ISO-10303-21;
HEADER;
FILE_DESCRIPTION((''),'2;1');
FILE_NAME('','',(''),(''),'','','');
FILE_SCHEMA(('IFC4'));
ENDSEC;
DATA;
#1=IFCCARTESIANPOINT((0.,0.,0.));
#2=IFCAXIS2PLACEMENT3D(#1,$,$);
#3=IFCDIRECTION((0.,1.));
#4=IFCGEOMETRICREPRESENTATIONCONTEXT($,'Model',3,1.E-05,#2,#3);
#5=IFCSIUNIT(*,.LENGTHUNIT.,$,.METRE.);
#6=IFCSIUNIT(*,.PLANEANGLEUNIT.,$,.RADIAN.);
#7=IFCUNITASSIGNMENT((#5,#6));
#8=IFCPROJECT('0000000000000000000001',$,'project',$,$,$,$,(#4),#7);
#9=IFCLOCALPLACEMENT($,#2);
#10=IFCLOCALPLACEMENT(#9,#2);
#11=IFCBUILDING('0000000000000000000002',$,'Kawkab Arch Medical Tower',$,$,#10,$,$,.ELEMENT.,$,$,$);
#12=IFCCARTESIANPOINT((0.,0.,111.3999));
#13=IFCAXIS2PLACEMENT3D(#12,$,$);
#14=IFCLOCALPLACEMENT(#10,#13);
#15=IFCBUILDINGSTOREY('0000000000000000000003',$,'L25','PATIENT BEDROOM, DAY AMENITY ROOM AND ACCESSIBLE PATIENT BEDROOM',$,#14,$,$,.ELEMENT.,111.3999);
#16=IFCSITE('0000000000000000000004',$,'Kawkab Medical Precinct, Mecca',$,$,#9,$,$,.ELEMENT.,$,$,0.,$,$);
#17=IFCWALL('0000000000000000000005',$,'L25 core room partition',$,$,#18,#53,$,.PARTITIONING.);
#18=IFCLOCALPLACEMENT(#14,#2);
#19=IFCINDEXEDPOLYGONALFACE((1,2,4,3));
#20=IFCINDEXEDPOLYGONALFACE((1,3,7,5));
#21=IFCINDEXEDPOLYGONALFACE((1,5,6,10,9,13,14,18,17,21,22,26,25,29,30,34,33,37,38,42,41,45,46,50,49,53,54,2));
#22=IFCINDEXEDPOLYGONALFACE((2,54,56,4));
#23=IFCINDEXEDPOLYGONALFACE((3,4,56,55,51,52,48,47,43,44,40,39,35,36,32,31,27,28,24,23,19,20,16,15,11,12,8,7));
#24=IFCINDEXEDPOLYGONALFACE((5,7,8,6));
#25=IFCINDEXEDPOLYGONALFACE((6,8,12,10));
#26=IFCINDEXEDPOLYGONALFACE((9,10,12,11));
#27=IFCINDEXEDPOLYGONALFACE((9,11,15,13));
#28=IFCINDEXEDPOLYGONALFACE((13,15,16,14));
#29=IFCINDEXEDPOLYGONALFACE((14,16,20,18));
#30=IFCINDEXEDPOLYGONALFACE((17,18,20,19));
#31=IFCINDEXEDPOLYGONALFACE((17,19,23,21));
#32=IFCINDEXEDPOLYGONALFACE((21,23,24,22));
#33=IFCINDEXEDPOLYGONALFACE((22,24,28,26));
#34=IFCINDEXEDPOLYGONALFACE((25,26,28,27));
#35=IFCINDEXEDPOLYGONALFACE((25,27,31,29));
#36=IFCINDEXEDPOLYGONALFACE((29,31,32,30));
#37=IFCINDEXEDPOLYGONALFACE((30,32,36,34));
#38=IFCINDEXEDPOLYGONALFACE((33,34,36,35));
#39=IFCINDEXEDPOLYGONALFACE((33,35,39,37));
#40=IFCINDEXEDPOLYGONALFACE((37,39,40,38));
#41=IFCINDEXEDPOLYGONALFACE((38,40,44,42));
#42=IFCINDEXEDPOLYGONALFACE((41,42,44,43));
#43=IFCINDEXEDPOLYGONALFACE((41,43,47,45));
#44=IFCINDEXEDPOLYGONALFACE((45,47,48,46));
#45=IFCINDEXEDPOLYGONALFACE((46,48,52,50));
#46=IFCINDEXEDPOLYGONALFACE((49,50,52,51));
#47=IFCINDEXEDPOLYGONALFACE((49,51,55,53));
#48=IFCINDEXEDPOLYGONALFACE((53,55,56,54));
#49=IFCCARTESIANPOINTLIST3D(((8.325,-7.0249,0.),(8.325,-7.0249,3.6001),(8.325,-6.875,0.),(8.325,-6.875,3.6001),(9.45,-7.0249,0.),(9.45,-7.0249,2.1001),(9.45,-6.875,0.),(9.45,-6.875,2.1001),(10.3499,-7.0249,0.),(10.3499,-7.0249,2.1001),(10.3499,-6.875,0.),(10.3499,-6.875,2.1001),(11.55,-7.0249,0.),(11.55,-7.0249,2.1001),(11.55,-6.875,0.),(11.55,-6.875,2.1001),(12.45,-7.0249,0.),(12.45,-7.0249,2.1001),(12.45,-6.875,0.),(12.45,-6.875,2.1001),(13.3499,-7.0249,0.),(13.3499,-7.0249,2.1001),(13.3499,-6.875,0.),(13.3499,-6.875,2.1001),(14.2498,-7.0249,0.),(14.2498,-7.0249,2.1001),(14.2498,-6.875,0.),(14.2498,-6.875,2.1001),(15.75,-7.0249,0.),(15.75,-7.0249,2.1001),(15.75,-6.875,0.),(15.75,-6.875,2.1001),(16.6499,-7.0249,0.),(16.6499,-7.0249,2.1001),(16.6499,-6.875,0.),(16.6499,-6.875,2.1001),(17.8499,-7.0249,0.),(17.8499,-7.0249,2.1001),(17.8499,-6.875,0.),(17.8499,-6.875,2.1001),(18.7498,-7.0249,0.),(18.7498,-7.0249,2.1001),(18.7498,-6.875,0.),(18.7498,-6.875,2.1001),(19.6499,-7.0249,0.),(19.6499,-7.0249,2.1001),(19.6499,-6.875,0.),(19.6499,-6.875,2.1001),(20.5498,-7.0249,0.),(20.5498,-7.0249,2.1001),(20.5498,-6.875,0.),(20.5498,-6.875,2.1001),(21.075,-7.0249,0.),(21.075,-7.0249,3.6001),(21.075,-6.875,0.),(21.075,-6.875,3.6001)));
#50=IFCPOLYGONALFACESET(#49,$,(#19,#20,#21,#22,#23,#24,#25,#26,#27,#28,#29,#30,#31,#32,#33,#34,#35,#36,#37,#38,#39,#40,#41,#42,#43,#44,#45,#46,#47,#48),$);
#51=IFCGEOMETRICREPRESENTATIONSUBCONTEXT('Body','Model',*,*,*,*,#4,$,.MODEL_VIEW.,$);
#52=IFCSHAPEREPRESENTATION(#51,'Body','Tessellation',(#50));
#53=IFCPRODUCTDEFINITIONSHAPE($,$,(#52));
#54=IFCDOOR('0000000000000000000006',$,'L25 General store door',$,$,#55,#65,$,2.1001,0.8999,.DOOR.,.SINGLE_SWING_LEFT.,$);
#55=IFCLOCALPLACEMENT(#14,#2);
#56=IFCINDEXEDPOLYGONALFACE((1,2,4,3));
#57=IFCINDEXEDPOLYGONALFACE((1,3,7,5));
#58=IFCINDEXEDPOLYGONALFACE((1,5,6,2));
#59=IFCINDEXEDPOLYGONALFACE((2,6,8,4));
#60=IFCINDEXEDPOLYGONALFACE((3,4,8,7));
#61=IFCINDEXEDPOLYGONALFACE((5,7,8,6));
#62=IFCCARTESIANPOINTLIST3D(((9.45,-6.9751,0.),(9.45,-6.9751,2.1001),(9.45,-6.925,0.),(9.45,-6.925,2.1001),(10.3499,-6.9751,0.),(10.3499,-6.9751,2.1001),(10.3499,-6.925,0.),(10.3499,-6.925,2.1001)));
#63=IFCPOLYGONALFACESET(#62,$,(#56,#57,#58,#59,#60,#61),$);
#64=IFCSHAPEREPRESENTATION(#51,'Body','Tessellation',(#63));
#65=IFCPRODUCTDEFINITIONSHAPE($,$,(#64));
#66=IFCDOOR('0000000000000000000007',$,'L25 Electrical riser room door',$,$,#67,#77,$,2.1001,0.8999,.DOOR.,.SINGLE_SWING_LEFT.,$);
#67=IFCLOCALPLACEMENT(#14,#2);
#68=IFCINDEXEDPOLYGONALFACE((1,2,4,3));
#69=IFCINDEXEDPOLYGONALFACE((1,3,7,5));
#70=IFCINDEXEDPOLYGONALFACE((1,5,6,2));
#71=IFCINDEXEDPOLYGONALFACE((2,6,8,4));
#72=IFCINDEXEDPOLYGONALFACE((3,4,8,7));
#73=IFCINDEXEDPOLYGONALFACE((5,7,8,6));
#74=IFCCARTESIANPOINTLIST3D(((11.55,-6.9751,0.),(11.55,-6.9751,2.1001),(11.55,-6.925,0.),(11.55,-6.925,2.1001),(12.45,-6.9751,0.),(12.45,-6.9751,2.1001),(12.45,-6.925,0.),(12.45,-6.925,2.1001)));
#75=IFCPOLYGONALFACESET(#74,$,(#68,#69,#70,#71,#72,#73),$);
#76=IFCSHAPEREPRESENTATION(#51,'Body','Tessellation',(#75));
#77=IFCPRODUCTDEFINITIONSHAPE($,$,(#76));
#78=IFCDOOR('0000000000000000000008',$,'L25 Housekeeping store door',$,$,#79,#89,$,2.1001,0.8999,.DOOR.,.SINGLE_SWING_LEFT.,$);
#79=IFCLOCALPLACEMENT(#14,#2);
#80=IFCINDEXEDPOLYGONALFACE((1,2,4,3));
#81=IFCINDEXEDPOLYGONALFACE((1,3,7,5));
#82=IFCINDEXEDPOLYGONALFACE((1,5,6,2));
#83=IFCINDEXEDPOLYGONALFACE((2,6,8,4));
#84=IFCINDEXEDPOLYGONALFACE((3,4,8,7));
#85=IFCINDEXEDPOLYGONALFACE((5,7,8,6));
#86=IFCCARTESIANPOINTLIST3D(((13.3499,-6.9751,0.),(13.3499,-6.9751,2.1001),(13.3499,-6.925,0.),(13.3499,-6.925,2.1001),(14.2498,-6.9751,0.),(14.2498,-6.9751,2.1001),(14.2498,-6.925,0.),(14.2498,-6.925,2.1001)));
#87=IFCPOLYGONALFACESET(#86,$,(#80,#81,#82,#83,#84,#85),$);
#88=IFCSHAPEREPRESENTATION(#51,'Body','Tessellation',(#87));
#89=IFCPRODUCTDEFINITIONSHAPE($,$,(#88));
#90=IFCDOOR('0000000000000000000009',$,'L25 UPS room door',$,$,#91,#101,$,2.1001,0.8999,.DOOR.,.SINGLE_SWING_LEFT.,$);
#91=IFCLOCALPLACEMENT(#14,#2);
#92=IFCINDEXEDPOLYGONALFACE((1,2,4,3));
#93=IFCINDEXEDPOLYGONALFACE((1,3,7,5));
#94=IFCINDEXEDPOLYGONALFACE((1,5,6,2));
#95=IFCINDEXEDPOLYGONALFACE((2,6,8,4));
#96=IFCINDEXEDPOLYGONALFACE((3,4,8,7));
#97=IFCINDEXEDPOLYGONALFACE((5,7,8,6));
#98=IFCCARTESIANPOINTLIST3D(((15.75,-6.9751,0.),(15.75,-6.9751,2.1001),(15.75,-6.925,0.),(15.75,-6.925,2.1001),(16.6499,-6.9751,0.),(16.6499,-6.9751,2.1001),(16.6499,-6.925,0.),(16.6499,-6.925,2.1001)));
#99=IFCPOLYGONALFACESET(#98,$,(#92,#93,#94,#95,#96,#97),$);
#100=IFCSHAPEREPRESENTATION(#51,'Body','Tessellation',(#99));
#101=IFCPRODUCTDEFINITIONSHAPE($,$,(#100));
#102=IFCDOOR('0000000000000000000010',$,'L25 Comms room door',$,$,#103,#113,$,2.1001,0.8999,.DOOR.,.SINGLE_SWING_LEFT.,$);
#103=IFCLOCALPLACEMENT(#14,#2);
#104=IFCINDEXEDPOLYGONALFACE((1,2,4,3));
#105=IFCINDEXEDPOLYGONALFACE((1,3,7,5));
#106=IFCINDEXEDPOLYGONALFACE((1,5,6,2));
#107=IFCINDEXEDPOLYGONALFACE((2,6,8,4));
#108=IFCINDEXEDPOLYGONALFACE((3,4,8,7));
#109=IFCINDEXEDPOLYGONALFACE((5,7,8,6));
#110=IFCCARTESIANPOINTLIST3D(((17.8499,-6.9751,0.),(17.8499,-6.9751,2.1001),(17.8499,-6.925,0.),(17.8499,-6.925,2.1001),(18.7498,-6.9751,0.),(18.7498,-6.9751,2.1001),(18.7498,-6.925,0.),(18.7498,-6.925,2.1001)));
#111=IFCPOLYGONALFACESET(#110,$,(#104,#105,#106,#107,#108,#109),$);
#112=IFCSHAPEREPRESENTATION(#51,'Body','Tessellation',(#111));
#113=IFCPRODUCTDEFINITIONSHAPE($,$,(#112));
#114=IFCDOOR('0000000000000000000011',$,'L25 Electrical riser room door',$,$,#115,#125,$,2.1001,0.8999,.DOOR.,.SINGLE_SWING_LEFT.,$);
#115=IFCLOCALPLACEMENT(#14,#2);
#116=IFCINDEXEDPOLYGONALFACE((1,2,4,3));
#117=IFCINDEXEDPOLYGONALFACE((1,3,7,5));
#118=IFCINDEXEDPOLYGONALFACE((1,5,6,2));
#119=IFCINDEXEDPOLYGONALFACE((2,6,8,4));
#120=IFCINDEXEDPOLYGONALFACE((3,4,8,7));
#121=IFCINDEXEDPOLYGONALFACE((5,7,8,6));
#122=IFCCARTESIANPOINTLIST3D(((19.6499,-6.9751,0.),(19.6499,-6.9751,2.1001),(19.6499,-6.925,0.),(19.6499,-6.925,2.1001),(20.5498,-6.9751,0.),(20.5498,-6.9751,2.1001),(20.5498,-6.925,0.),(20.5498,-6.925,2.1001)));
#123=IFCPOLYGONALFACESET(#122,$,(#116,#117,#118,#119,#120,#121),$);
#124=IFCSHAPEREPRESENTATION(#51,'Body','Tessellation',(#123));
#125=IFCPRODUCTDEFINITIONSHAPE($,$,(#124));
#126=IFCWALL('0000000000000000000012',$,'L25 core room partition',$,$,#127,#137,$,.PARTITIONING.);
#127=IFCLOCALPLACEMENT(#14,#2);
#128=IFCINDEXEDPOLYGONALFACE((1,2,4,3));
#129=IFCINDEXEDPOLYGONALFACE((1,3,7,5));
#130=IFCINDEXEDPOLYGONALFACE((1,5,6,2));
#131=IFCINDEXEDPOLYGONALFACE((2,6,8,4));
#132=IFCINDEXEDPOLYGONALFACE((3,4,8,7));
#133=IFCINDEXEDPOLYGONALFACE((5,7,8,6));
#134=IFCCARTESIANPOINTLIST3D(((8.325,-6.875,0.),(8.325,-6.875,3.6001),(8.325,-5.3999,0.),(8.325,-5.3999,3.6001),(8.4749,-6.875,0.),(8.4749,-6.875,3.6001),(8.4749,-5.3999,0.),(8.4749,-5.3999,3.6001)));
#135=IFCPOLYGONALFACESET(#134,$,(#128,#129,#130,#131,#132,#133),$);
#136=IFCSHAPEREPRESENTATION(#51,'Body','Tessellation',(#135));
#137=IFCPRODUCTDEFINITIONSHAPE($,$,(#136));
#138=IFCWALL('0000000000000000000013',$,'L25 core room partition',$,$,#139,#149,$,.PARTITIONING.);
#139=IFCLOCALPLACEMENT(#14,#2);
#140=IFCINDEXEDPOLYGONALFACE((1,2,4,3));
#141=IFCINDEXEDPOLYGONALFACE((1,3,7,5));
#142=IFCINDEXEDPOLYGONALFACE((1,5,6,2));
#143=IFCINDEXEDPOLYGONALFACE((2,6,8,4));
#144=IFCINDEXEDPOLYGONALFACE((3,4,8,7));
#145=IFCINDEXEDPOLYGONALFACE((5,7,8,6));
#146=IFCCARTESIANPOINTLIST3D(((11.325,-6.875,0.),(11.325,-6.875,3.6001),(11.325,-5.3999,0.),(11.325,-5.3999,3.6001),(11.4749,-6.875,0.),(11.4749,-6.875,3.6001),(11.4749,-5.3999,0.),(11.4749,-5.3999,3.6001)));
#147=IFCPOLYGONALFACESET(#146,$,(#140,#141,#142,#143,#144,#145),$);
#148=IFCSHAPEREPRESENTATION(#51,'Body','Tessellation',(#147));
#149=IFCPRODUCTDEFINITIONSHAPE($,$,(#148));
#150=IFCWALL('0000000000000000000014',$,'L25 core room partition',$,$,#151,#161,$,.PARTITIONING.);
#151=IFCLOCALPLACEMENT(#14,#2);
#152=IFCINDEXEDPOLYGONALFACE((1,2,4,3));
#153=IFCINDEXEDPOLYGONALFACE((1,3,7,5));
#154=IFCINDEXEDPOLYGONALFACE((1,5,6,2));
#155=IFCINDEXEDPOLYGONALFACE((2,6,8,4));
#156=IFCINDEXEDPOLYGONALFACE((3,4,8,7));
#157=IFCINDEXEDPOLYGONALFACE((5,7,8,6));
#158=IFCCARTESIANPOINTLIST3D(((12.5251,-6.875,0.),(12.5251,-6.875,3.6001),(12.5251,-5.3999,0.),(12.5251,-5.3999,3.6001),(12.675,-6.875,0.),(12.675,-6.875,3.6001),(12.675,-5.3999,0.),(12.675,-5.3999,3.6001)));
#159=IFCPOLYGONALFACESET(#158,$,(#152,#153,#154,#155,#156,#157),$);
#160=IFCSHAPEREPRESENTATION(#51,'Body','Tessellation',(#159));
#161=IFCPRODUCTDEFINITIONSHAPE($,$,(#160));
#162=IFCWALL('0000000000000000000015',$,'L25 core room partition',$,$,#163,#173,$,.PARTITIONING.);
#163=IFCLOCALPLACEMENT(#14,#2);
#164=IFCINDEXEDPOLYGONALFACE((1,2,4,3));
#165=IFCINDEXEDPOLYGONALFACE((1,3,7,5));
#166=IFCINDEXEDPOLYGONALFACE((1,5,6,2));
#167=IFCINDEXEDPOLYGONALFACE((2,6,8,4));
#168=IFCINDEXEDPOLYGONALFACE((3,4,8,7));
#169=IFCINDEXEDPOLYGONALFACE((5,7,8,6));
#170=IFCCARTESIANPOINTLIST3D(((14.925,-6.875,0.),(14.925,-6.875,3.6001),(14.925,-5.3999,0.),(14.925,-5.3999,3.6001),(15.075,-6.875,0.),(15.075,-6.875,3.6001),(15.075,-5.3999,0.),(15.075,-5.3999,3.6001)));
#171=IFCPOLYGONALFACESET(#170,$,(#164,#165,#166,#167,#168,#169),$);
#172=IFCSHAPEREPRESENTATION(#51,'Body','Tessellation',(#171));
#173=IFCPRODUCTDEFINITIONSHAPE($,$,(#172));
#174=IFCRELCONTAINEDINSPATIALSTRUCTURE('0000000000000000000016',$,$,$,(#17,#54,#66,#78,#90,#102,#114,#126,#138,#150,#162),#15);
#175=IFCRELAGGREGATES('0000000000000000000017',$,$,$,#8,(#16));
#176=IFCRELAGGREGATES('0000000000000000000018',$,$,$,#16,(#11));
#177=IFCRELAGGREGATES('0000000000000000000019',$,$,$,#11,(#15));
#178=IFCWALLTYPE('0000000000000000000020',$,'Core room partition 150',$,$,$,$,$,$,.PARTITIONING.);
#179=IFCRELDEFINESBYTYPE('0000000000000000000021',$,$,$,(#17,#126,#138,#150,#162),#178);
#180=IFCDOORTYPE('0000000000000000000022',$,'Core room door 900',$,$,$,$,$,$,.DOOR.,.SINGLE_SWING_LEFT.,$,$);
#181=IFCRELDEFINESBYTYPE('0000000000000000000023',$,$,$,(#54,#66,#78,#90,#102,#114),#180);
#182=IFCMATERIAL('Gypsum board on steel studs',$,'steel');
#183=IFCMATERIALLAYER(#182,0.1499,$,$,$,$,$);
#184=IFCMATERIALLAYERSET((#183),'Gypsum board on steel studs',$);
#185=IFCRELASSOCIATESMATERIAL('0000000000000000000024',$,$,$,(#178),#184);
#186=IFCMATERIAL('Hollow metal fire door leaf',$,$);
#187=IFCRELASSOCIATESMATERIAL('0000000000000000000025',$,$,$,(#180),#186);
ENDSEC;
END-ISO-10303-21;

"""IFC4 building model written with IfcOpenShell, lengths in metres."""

from ifc_helpers import new_model, si_unit, direction, frame, frame_2d, origin, place, context, subcontext, project, spatial, rectangle, extrude, material, layer, layer_set, type_object, element, fill, save


model = new_model("IFC4")

# Units and contexts
model_context = context("Model", 3, precision=1e-05, world=origin(), true_north=direction((0.0, 1.0)))
body_context = subcontext(model_context, "Body", "Model", "MODEL_VIEW")
ifc_project = project(units=[si_unit("LENGTHUNIT", "METRE"), si_unit("PLANEANGLEUNIT", "RADIAN")], contexts=[model_context])

# Site, building, storey
site_placement = place(None, origin())
site = spatial("IfcSite", under=ifc_project, at=site_placement, Name="Kawkab Medical Precinct, Mecca", CompositionType="ELEMENT", RefElevation=0.0)
building_placement = place(site_placement, origin())
building = spatial("IfcBuilding", under=site, at=building_placement, Name="Kawkab Arch Medical Tower", CompositionType="ELEMENT")
storey_placement = place(building_placement, frame((0.0, 0.0, 111.3999)))
storey = spatial("IfcBuildingStorey", under=building, at=storey_placement, Name="L25", Description="PATIENT BEDROOM, DAY AMENITY ROOM AND ACCESSIBLE PATIENT BEDROOM", CompositionType="ELEMENT", Elevation=111.3999)

# Wall, openings, doors
ifc_material_1 = material(Name="Gypsum board on steel studs", Category="steel")
ifc_layer_1 = layer(ifc_material_1, 0.1499)
ifc_layer_set_1 = layer_set([ifc_layer_1], Name="Gypsum board on steel studs")
wall_type_1 = type_object("IfcWallType", Name="Core room partition 150", PredefinedType="PARTITIONING", material=ifc_layer_set_1)
wall_1_placement = place(storey_placement, frame((8.325, -6.95, 0.0), z_axis=(0.0, 0.0, 1.0), x_axis=(1.0, 0.0, 0.0)))
wall_1 = element("IfcWall", 1, at=wall_1_placement, inside=storey, type_object=wall_type_1, Name="L25 core room partition", PredefinedType="PARTITIONING", context=body_context, shape_type="SweptSolid", body=[
    extrude(rectangle(XDim=12.75, YDim=0.1499, at=frame_2d((6.375, 0.0))), origin(), (0.0, 0.0, 1.0), 3.6001),
])
opening_1_placement = place(wall_1_placement, frame((1.125, 0.0, 0.0)))
opening_1 = element("IfcOpeningElement", 2, at=opening_1_placement, cuts=wall_1, PredefinedType="OPENING", context=body_context, shape_type="SweptSolid", body=[
    extrude(rectangle(XDim=0.8999, YDim=2.1001, at=frame_2d((0.45, 1.05))), frame((0.0, 0.085, 0.0), z_axis=(0.0, -1.0, 0.0), x_axis=(1.0, 0.0, 0.0)), (0.0, 0.0, 1.0), 0.1699),
])
opening_2_placement = place(wall_1_placement, frame((3.2251, 0.0, 0.0)))
opening_2 = element("IfcOpeningElement", 3, at=opening_2_placement, cuts=wall_1, PredefinedType="OPENING", context=body_context, shape_type="SweptSolid", body=[
    extrude(rectangle(XDim=0.8999, YDim=2.1001, at=frame_2d((0.45, 1.05))), frame((0.0, 0.085, 0.0), z_axis=(0.0, -1.0, 0.0), x_axis=(1.0, 0.0, 0.0)), (0.0, 0.0, 1.0), 0.1699),
])
opening_3_placement = place(wall_1_placement, frame((5.0249, 0.0, 0.0)))
opening_3 = element("IfcOpeningElement", 4, at=opening_3_placement, cuts=wall_1, PredefinedType="OPENING", context=body_context, shape_type="SweptSolid", body=[
    extrude(rectangle(XDim=0.8999, YDim=2.1001, at=frame_2d((0.45, 1.05))), frame((0.0, 0.085, 0.0), z_axis=(0.0, -1.0, 0.0), x_axis=(1.0, 0.0, 0.0)), (0.0, 0.0, 1.0), 0.1699),
])
opening_4_placement = place(wall_1_placement, frame((7.425, 0.0, 0.0)))
opening_4 = element("IfcOpeningElement", 5, at=opening_4_placement, cuts=wall_1, PredefinedType="OPENING", context=body_context, shape_type="SweptSolid", body=[
    extrude(rectangle(XDim=0.8999, YDim=2.1001, at=frame_2d((0.45, 1.05))), frame((0.0, 0.085, 0.0), z_axis=(0.0, -1.0, 0.0), x_axis=(1.0, 0.0, 0.0)), (0.0, 0.0, 1.0), 0.1699),
])
opening_5_placement = place(wall_1_placement, frame((9.5249, 0.0, 0.0)))
opening_5 = element("IfcOpeningElement", 6, at=opening_5_placement, cuts=wall_1, PredefinedType="OPENING", context=body_context, shape_type="SweptSolid", body=[
    extrude(rectangle(XDim=0.8999, YDim=2.1001, at=frame_2d((0.45, 1.05))), frame((0.0, 0.085, 0.0), z_axis=(0.0, -1.0, 0.0), x_axis=(1.0, 0.0, 0.0)), (0.0, 0.0, 1.0), 0.1699),
])
opening_6_placement = place(wall_1_placement, frame((11.325, 0.0, 0.0)))
opening_6 = element("IfcOpeningElement", 7, at=opening_6_placement, cuts=wall_1, PredefinedType="OPENING", context=body_context, shape_type="SweptSolid", body=[
    extrude(rectangle(XDim=0.8999, YDim=2.1001, at=frame_2d((0.45, 1.05))), frame((0.0, 0.085, 0.0), z_axis=(0.0, -1.0, 0.0), x_axis=(1.0, 0.0, 0.0)), (0.0, 0.0, 1.0), 0.1699),
])
ifc_material_2 = material(Name="Hollow metal fire door leaf")
door_type = type_object("IfcDoorType", Name="Core room door 900", OperationType="SINGLE_SWING_LEFT", PredefinedType="DOOR", material=ifc_material_2)
door_1_placement = place(opening_1_placement, origin())
door_1 = element("IfcDoor", 8, at=door_1_placement, inside=storey, type_object=door_type, Name="L25 General store door", OperationType="SINGLE_SWING_LEFT", OverallHeight=2.1001, OverallWidth=0.8999, PredefinedType="DOOR", context=body_context, shape_type="SweptSolid", body=[
    extrude(rectangle(XDim=0.8999, YDim=2.1001, at=frame_2d((0.45, 1.05))), frame((0.0, 0.0249, 0.0), z_axis=(0.0, -1.0, 0.0), x_axis=(1.0, 0.0, 0.0)), (0.0, 0.0, 1.0), 0.05),
])
fill(opening_1, door_1)
door_2_placement = place(opening_2_placement, origin())
door_2 = element("IfcDoor", 9, at=door_2_placement, inside=storey, type_object=door_type, Name="L25 Electrical riser room door", OperationType="SINGLE_SWING_LEFT", OverallHeight=2.1001, OverallWidth=0.8999, PredefinedType="DOOR", context=body_context, shape_type="SweptSolid", body=[
    extrude(rectangle(XDim=0.8999, YDim=2.1001, at=frame_2d((0.45, 1.05))), frame((0.0, 0.0249, 0.0), z_axis=(0.0, -1.0, 0.0), x_axis=(1.0, 0.0, 0.0)), (0.0, 0.0, 1.0), 0.05),
])
fill(opening_2, door_2)
door_3_placement = place(opening_3_placement, origin())
door_3 = element("IfcDoor", 10, at=door_3_placement, inside=storey, type_object=door_type, Name="L25 Housekeeping store door", OperationType="SINGLE_SWING_LEFT", OverallHeight=2.1001, OverallWidth=0.8999, PredefinedType="DOOR", context=body_context, shape_type="SweptSolid", body=[
    extrude(rectangle(XDim=0.8999, YDim=2.1001, at=frame_2d((0.45, 1.05))), frame((0.0, 0.0249, 0.0), z_axis=(0.0, -1.0, 0.0), x_axis=(1.0, 0.0, 0.0)), (0.0, 0.0, 1.0), 0.05),
])
fill(opening_3, door_3)
door_4_placement = place(opening_4_placement, origin())
door_4 = element("IfcDoor", 11, at=door_4_placement, inside=storey, type_object=door_type, Name="L25 UPS room door", OperationType="SINGLE_SWING_LEFT", OverallHeight=2.1001, OverallWidth=0.8999, PredefinedType="DOOR", context=body_context, shape_type="SweptSolid", body=[
    extrude(rectangle(XDim=0.8999, YDim=2.1001, at=frame_2d((0.45, 1.05))), frame((0.0, 0.0249, 0.0), z_axis=(0.0, -1.0, 0.0), x_axis=(1.0, 0.0, 0.0)), (0.0, 0.0, 1.0), 0.05),
])
fill(opening_4, door_4)
door_5_placement = place(opening_5_placement, origin())
door_5 = element("IfcDoor", 12, at=door_5_placement, inside=storey, type_object=door_type, Name="L25 Comms room door", OperationType="SINGLE_SWING_LEFT", OverallHeight=2.1001, OverallWidth=0.8999, PredefinedType="DOOR", context=body_context, shape_type="SweptSolid", body=[
    extrude(rectangle(XDim=0.8999, YDim=2.1001, at=frame_2d((0.45, 1.05))), frame((0.0, 0.0249, 0.0), z_axis=(0.0, -1.0, 0.0), x_axis=(1.0, 0.0, 0.0)), (0.0, 0.0, 1.0), 0.05),
])
fill(opening_5, door_5)
door_6_placement = place(opening_6_placement, origin())
door_6 = element("IfcDoor", 13, at=door_6_placement, inside=storey, type_object=door_type, Name="L25 Electrical riser room door", OperationType="SINGLE_SWING_LEFT", OverallHeight=2.1001, OverallWidth=0.8999, PredefinedType="DOOR", context=body_context, shape_type="SweptSolid", body=[
    extrude(rectangle(XDim=0.8999, YDim=2.1001, at=frame_2d((0.45, 1.05))), frame((0.0, 0.0249, 0.0), z_axis=(0.0, -1.0, 0.0), x_axis=(1.0, 0.0, 0.0)), (0.0, 0.0, 1.0), 0.05),
])
fill(opening_6, door_6)

# Walls
for number, where, z_axis, x_axis, name in (
    (14, (8.3999, -6.875, 0.0), (0.0, 0.0, 1.0), (0.0, 1.0, 0.0), "L25 core room partition"),
    (15, (11.3999, -6.875, 0.0), (0.0, 0.0, 1.0), (0.0, 1.0, 0.0), "L25 core room partition"),
    (16, (12.6001, -6.875, 0.0), (0.0, 0.0, 1.0), (0.0, 1.0, 0.0), "L25 core room partition"),
    (17, (15.0, -6.875, 0.0), (0.0, 0.0, 1.0), (0.0, 1.0, 0.0), "L25 core room partition"),
):
    element("IfcWall", number, at=place(storey_placement, frame(where, z_axis=z_axis, x_axis=x_axis)), inside=storey, type_object=wall_type_1, Name=name, PredefinedType="PARTITIONING", context=body_context, shape_type="SweptSolid", body=[
        extrude(rectangle(XDim=1.4751, YDim=0.1499, at=frame_2d((0.7375, 0.0))), origin(), (0.0, 0.0, 1.0), 3.6001),
    ])

save(model, "model.ifc")
